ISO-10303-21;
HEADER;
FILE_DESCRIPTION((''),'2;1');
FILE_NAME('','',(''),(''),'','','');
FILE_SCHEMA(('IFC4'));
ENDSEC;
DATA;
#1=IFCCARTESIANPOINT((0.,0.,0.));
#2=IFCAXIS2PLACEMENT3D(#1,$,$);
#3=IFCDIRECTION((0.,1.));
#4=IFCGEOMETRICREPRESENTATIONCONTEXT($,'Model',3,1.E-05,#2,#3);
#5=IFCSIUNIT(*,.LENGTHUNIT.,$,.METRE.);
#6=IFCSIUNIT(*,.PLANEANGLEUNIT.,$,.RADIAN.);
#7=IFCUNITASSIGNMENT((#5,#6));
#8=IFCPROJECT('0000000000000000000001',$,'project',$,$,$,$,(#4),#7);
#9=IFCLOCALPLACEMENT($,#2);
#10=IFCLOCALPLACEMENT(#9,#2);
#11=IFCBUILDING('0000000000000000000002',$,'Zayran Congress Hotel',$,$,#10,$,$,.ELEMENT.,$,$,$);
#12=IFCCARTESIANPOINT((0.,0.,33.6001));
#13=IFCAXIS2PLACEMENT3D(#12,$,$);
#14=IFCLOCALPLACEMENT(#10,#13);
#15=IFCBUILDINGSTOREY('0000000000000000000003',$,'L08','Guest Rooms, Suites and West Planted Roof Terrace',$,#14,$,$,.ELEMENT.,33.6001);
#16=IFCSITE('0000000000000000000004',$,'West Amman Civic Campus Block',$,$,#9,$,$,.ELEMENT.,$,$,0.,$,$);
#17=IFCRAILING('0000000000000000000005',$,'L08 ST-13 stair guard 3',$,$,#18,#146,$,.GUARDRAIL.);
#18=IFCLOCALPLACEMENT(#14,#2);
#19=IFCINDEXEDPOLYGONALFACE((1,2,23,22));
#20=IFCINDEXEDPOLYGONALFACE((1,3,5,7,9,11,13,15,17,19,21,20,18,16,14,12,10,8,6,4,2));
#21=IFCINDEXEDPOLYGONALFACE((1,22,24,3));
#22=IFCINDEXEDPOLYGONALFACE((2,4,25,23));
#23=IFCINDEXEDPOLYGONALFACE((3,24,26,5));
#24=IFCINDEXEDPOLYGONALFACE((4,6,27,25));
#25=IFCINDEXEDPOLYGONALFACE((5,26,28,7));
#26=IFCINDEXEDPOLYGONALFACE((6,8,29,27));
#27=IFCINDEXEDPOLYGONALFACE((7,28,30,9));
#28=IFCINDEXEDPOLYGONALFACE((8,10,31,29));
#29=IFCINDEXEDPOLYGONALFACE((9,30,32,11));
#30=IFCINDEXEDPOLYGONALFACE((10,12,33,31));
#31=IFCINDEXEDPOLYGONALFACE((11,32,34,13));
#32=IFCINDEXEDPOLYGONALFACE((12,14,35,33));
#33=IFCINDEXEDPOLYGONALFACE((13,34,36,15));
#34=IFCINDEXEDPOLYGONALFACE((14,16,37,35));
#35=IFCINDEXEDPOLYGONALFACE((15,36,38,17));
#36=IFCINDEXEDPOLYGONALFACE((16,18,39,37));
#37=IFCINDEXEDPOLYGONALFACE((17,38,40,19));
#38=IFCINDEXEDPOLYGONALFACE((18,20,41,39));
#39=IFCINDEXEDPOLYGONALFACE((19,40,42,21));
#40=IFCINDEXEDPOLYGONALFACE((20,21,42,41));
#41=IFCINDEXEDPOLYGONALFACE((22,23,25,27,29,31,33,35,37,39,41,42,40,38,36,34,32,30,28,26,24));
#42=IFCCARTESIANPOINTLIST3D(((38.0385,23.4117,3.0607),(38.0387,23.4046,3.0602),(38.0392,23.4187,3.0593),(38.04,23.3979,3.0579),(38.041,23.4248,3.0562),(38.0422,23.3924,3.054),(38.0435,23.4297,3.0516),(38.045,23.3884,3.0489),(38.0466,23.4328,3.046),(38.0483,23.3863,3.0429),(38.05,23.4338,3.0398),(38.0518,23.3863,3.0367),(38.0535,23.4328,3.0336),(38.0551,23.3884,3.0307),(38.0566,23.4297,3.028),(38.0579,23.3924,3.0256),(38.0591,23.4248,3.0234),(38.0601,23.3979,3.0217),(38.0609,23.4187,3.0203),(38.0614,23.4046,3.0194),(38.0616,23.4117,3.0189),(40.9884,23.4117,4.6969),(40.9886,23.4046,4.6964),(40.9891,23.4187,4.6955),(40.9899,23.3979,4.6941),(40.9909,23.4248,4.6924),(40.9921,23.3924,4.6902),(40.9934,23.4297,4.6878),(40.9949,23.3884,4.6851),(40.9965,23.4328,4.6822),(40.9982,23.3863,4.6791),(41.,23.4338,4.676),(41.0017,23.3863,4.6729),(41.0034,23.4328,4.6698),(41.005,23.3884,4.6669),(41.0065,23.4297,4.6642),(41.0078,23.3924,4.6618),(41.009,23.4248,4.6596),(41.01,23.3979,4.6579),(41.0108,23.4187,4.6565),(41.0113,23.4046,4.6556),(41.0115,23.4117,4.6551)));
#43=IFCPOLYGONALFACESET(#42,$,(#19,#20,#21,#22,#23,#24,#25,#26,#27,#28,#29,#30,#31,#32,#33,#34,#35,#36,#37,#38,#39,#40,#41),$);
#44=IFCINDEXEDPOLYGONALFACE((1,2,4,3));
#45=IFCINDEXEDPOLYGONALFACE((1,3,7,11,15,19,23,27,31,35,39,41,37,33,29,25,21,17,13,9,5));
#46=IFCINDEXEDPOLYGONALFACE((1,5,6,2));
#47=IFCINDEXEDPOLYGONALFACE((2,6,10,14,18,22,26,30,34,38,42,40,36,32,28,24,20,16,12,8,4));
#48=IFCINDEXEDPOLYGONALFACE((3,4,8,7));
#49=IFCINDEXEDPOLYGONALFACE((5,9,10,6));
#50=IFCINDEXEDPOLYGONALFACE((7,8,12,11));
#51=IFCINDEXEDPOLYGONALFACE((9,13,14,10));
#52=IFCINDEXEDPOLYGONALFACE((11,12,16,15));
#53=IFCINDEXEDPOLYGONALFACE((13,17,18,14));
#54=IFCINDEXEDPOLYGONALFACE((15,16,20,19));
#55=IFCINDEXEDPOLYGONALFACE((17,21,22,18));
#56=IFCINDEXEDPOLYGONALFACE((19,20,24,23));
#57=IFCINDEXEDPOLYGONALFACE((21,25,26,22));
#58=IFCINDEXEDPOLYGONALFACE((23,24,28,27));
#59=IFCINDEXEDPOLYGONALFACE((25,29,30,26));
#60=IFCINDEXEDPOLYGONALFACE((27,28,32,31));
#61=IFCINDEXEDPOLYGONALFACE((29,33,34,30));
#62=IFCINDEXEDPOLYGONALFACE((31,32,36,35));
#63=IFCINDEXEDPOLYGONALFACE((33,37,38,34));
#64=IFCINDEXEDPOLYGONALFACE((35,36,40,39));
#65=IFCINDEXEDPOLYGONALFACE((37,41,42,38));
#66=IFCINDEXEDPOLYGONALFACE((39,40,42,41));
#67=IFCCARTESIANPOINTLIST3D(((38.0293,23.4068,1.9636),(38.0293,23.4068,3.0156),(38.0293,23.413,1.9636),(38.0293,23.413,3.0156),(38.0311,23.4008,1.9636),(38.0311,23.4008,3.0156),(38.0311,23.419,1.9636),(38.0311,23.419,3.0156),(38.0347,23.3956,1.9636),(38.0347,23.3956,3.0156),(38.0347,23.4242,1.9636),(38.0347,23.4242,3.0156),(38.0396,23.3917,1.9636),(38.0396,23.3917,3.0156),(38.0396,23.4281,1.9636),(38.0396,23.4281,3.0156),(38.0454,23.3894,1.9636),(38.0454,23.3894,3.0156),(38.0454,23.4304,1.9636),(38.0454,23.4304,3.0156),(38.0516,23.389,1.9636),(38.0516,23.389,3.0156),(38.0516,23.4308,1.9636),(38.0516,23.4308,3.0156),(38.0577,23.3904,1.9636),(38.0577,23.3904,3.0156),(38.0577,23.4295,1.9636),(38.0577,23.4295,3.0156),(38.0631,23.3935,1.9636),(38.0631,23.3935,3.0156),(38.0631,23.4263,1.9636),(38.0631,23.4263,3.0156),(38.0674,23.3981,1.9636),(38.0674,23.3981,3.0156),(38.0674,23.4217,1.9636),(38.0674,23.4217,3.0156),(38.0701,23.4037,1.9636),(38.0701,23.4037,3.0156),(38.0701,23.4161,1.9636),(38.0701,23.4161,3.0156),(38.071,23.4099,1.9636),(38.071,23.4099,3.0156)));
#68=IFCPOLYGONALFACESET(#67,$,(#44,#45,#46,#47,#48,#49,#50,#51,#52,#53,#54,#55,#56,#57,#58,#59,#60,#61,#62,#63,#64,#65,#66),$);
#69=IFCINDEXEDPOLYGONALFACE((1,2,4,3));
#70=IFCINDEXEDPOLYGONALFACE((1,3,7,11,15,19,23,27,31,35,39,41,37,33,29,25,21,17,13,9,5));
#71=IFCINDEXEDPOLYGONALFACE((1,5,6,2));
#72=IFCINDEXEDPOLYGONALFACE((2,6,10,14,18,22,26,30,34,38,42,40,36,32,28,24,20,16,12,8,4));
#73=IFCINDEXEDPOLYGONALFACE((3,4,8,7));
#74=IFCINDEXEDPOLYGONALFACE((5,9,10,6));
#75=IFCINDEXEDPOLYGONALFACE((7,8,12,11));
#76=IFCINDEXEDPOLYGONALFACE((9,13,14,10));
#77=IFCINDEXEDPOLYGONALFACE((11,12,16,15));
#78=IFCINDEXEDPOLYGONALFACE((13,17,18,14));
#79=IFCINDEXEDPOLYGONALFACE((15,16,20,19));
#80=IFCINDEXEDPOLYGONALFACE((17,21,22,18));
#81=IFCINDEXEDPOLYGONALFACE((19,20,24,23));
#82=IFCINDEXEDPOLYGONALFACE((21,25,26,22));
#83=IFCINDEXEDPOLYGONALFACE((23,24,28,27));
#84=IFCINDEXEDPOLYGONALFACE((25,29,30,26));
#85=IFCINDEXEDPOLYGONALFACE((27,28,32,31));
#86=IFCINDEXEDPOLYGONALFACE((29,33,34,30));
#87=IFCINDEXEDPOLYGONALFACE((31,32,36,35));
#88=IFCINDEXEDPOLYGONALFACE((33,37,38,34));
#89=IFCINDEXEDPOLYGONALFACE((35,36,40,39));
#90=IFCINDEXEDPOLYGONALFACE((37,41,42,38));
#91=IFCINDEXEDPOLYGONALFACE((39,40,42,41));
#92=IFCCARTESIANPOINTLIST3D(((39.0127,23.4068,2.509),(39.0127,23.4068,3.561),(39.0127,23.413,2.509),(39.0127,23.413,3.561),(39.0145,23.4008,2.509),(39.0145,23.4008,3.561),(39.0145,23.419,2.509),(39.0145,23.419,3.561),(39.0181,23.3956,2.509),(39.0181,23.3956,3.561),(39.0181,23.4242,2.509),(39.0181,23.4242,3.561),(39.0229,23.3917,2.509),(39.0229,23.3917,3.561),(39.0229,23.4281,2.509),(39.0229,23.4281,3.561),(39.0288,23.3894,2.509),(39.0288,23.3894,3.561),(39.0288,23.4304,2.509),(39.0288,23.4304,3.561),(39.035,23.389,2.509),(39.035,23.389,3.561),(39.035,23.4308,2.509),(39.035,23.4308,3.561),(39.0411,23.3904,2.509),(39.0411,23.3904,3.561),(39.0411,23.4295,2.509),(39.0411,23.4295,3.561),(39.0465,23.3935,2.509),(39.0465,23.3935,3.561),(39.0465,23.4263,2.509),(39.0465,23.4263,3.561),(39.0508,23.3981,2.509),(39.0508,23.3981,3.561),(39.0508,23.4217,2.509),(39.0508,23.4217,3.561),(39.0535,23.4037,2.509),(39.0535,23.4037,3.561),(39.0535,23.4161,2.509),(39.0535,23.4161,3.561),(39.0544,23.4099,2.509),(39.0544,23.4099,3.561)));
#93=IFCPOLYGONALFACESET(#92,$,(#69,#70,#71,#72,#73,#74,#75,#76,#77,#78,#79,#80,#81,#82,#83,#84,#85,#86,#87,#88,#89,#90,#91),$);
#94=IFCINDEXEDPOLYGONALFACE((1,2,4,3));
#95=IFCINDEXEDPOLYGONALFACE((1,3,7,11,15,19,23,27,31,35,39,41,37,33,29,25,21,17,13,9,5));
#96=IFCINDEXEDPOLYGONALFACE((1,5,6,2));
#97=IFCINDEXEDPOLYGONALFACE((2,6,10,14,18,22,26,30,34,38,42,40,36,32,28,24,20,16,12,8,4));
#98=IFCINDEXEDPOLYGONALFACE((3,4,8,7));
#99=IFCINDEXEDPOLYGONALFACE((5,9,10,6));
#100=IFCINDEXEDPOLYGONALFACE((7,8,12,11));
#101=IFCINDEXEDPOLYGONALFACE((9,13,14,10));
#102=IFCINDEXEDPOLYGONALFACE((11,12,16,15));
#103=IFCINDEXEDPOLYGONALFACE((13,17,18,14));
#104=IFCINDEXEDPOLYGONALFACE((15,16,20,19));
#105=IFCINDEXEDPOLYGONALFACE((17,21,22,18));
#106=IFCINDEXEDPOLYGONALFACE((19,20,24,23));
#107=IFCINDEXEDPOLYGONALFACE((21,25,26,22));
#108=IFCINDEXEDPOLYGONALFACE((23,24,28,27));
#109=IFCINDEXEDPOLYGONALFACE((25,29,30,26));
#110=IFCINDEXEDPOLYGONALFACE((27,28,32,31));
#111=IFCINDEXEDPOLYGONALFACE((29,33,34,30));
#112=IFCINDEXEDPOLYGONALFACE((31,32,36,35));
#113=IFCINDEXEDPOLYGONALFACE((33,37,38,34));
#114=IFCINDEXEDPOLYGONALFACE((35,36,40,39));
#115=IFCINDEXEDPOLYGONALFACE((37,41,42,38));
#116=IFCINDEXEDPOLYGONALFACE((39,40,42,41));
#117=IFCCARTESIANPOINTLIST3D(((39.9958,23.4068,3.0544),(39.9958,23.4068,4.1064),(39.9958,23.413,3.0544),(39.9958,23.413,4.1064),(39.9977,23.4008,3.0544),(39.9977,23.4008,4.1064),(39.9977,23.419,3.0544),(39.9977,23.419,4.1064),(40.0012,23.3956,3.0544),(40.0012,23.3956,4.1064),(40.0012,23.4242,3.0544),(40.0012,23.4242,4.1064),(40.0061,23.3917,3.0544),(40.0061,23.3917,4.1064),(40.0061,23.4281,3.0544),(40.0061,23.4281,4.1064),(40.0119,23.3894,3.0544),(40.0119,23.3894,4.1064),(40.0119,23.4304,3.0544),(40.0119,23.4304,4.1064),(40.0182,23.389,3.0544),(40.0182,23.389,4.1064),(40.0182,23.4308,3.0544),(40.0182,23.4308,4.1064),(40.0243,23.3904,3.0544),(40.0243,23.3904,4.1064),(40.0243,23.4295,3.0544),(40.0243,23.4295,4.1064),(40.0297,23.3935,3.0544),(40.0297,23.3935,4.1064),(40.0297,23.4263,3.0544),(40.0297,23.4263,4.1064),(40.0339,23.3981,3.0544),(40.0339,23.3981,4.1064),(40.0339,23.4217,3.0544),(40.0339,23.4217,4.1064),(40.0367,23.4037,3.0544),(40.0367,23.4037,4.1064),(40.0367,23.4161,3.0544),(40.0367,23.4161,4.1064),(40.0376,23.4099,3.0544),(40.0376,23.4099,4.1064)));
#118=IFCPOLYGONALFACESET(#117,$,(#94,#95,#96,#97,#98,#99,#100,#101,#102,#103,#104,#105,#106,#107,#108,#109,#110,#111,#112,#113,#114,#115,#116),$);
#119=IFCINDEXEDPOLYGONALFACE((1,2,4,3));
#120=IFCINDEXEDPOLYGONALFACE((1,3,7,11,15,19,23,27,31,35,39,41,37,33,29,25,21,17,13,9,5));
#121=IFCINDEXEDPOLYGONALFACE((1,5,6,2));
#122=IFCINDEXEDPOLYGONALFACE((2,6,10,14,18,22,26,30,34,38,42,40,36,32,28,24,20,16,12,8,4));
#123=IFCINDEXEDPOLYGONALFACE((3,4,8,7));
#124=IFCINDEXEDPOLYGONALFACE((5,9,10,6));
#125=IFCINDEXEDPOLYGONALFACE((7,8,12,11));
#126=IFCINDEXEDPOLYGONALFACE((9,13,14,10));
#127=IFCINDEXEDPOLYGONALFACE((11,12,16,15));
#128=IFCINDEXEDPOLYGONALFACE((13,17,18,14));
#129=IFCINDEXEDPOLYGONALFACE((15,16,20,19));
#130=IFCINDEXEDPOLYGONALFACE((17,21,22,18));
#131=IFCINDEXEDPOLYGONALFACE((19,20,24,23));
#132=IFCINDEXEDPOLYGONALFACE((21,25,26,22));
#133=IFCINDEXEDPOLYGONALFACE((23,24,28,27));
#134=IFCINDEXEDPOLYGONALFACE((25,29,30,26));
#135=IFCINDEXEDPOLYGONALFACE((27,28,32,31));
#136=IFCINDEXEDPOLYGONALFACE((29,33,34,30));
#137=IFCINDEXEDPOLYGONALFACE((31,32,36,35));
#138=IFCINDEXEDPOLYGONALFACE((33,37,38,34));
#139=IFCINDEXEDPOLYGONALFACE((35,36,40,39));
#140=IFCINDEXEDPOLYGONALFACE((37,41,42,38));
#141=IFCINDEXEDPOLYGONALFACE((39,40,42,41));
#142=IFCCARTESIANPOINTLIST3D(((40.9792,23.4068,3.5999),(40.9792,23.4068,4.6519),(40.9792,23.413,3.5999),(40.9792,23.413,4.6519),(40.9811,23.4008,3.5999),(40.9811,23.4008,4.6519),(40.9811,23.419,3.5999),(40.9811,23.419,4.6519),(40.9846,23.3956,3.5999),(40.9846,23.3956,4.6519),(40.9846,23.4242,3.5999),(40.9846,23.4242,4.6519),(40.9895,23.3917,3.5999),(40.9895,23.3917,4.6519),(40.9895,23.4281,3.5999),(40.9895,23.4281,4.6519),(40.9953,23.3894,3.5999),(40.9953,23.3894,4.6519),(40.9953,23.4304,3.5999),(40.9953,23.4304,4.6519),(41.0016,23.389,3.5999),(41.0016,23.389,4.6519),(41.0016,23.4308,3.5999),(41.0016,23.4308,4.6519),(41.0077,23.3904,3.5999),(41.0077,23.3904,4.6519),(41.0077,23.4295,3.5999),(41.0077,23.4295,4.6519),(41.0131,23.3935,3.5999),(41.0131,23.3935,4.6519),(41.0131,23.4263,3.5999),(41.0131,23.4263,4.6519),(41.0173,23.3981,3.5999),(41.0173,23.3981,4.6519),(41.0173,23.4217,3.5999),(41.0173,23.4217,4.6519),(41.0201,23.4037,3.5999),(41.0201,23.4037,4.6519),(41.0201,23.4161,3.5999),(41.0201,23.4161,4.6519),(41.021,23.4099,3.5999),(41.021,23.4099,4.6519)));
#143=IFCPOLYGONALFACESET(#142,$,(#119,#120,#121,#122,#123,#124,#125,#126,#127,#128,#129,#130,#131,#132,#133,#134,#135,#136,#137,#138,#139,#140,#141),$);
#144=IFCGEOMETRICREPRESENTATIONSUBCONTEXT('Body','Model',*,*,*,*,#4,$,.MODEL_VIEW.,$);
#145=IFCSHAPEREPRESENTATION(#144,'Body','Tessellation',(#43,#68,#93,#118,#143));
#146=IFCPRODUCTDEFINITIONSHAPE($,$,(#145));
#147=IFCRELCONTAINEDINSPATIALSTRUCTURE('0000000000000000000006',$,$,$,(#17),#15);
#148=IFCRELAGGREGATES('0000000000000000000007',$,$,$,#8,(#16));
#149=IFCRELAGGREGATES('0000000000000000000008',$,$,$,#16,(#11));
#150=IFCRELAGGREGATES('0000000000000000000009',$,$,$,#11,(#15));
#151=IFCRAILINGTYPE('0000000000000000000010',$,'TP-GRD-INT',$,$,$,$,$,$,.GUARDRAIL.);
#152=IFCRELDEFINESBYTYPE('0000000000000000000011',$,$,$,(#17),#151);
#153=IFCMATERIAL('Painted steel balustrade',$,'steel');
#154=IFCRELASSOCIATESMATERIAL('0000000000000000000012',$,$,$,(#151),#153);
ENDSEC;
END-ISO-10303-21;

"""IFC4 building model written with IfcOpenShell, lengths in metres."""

from ifc_helpers import new_model, si_unit, direction, frame, origin, origin_2d, place, context, subcontext, project, spatial, circle, extrude, material, type_object, element, save


model = new_model("IFC4")

# Units and contexts
model_context = context("Model", 3, precision=1e-05, world=origin(), true_north=direction((0.0, 1.0)))
body_context = subcontext(model_context, "Body", "Model", "MODEL_VIEW")
ifc_project = project(units=[si_unit("LENGTHUNIT", "METRE"), si_unit("PLANEANGLEUNIT", "RADIAN")], contexts=[model_context])

# Site, building, storey
site_placement = place(None, origin())
site = spatial("IfcSite", under=ifc_project, at=site_placement, Name="West Amman Civic Campus Block", CompositionType="ELEMENT", RefElevation=0.0)
building_placement = place(site_placement, origin())
building = spatial("IfcBuilding", under=site, at=building_placement, Name="Zayran Congress Hotel", CompositionType="ELEMENT")
storey_placement = place(building_placement, frame((0.0, 0.0, 33.6001)))
storey = spatial("IfcBuildingStorey", under=building, at=storey_placement, Name="L08", Description="Guest Rooms, Suites and West Planted Roof Terrace", CompositionType="ELEMENT", Elevation=33.6001)

# Railing
ifc_material_1 = material(Name="Painted steel balustrade", Category="steel")
railing_type_1 = type_object("IfcRailingType", Name="TP-GRD-INT", PredefinedType="GUARDRAIL", material=ifc_material_1)
railing_1_placement = place(storey_placement, frame((38.05, 23.4099, 1.9636)))
element("IfcRailing", 1, at=railing_1_placement, inside=storey, type_object=railing_type_1, Name="L08 ST-13 stair guard 3", PredefinedType="GUARDRAIL", context=body_context, shape_type="SweptSolid", body=[
    extrude(circle(Radius=0.0239, at=origin_2d()), frame((0.0, 0.0, 1.0762), z_axis=(0.874488, 0.0, 0.485047), x_axis=(0.0, 1.0, 0.0)), (0.0, 0.0, 1.0), 3.3733),
    extrude(circle(Radius=0.021, at=origin_2d()), origin(), (0.0, 0.0, 1.0), 1.052),
    extrude(circle(Radius=0.021, at=origin_2d()), frame((0.9834, 0.0, 0.5454)), (0.0, 0.0, 1.0), 1.052),
    extrude(circle(Radius=0.021, at=origin_2d()), frame((1.9666, 0.0, 1.0908)), (0.0, 0.0, 1.0), 1.052),
    extrude(circle(Radius=0.021, at=origin_2d()), frame((2.95, 0.0, 1.6362)), (0.0, 0.0, 1.0), 1.052),
])

save(model, "model.ifc")
